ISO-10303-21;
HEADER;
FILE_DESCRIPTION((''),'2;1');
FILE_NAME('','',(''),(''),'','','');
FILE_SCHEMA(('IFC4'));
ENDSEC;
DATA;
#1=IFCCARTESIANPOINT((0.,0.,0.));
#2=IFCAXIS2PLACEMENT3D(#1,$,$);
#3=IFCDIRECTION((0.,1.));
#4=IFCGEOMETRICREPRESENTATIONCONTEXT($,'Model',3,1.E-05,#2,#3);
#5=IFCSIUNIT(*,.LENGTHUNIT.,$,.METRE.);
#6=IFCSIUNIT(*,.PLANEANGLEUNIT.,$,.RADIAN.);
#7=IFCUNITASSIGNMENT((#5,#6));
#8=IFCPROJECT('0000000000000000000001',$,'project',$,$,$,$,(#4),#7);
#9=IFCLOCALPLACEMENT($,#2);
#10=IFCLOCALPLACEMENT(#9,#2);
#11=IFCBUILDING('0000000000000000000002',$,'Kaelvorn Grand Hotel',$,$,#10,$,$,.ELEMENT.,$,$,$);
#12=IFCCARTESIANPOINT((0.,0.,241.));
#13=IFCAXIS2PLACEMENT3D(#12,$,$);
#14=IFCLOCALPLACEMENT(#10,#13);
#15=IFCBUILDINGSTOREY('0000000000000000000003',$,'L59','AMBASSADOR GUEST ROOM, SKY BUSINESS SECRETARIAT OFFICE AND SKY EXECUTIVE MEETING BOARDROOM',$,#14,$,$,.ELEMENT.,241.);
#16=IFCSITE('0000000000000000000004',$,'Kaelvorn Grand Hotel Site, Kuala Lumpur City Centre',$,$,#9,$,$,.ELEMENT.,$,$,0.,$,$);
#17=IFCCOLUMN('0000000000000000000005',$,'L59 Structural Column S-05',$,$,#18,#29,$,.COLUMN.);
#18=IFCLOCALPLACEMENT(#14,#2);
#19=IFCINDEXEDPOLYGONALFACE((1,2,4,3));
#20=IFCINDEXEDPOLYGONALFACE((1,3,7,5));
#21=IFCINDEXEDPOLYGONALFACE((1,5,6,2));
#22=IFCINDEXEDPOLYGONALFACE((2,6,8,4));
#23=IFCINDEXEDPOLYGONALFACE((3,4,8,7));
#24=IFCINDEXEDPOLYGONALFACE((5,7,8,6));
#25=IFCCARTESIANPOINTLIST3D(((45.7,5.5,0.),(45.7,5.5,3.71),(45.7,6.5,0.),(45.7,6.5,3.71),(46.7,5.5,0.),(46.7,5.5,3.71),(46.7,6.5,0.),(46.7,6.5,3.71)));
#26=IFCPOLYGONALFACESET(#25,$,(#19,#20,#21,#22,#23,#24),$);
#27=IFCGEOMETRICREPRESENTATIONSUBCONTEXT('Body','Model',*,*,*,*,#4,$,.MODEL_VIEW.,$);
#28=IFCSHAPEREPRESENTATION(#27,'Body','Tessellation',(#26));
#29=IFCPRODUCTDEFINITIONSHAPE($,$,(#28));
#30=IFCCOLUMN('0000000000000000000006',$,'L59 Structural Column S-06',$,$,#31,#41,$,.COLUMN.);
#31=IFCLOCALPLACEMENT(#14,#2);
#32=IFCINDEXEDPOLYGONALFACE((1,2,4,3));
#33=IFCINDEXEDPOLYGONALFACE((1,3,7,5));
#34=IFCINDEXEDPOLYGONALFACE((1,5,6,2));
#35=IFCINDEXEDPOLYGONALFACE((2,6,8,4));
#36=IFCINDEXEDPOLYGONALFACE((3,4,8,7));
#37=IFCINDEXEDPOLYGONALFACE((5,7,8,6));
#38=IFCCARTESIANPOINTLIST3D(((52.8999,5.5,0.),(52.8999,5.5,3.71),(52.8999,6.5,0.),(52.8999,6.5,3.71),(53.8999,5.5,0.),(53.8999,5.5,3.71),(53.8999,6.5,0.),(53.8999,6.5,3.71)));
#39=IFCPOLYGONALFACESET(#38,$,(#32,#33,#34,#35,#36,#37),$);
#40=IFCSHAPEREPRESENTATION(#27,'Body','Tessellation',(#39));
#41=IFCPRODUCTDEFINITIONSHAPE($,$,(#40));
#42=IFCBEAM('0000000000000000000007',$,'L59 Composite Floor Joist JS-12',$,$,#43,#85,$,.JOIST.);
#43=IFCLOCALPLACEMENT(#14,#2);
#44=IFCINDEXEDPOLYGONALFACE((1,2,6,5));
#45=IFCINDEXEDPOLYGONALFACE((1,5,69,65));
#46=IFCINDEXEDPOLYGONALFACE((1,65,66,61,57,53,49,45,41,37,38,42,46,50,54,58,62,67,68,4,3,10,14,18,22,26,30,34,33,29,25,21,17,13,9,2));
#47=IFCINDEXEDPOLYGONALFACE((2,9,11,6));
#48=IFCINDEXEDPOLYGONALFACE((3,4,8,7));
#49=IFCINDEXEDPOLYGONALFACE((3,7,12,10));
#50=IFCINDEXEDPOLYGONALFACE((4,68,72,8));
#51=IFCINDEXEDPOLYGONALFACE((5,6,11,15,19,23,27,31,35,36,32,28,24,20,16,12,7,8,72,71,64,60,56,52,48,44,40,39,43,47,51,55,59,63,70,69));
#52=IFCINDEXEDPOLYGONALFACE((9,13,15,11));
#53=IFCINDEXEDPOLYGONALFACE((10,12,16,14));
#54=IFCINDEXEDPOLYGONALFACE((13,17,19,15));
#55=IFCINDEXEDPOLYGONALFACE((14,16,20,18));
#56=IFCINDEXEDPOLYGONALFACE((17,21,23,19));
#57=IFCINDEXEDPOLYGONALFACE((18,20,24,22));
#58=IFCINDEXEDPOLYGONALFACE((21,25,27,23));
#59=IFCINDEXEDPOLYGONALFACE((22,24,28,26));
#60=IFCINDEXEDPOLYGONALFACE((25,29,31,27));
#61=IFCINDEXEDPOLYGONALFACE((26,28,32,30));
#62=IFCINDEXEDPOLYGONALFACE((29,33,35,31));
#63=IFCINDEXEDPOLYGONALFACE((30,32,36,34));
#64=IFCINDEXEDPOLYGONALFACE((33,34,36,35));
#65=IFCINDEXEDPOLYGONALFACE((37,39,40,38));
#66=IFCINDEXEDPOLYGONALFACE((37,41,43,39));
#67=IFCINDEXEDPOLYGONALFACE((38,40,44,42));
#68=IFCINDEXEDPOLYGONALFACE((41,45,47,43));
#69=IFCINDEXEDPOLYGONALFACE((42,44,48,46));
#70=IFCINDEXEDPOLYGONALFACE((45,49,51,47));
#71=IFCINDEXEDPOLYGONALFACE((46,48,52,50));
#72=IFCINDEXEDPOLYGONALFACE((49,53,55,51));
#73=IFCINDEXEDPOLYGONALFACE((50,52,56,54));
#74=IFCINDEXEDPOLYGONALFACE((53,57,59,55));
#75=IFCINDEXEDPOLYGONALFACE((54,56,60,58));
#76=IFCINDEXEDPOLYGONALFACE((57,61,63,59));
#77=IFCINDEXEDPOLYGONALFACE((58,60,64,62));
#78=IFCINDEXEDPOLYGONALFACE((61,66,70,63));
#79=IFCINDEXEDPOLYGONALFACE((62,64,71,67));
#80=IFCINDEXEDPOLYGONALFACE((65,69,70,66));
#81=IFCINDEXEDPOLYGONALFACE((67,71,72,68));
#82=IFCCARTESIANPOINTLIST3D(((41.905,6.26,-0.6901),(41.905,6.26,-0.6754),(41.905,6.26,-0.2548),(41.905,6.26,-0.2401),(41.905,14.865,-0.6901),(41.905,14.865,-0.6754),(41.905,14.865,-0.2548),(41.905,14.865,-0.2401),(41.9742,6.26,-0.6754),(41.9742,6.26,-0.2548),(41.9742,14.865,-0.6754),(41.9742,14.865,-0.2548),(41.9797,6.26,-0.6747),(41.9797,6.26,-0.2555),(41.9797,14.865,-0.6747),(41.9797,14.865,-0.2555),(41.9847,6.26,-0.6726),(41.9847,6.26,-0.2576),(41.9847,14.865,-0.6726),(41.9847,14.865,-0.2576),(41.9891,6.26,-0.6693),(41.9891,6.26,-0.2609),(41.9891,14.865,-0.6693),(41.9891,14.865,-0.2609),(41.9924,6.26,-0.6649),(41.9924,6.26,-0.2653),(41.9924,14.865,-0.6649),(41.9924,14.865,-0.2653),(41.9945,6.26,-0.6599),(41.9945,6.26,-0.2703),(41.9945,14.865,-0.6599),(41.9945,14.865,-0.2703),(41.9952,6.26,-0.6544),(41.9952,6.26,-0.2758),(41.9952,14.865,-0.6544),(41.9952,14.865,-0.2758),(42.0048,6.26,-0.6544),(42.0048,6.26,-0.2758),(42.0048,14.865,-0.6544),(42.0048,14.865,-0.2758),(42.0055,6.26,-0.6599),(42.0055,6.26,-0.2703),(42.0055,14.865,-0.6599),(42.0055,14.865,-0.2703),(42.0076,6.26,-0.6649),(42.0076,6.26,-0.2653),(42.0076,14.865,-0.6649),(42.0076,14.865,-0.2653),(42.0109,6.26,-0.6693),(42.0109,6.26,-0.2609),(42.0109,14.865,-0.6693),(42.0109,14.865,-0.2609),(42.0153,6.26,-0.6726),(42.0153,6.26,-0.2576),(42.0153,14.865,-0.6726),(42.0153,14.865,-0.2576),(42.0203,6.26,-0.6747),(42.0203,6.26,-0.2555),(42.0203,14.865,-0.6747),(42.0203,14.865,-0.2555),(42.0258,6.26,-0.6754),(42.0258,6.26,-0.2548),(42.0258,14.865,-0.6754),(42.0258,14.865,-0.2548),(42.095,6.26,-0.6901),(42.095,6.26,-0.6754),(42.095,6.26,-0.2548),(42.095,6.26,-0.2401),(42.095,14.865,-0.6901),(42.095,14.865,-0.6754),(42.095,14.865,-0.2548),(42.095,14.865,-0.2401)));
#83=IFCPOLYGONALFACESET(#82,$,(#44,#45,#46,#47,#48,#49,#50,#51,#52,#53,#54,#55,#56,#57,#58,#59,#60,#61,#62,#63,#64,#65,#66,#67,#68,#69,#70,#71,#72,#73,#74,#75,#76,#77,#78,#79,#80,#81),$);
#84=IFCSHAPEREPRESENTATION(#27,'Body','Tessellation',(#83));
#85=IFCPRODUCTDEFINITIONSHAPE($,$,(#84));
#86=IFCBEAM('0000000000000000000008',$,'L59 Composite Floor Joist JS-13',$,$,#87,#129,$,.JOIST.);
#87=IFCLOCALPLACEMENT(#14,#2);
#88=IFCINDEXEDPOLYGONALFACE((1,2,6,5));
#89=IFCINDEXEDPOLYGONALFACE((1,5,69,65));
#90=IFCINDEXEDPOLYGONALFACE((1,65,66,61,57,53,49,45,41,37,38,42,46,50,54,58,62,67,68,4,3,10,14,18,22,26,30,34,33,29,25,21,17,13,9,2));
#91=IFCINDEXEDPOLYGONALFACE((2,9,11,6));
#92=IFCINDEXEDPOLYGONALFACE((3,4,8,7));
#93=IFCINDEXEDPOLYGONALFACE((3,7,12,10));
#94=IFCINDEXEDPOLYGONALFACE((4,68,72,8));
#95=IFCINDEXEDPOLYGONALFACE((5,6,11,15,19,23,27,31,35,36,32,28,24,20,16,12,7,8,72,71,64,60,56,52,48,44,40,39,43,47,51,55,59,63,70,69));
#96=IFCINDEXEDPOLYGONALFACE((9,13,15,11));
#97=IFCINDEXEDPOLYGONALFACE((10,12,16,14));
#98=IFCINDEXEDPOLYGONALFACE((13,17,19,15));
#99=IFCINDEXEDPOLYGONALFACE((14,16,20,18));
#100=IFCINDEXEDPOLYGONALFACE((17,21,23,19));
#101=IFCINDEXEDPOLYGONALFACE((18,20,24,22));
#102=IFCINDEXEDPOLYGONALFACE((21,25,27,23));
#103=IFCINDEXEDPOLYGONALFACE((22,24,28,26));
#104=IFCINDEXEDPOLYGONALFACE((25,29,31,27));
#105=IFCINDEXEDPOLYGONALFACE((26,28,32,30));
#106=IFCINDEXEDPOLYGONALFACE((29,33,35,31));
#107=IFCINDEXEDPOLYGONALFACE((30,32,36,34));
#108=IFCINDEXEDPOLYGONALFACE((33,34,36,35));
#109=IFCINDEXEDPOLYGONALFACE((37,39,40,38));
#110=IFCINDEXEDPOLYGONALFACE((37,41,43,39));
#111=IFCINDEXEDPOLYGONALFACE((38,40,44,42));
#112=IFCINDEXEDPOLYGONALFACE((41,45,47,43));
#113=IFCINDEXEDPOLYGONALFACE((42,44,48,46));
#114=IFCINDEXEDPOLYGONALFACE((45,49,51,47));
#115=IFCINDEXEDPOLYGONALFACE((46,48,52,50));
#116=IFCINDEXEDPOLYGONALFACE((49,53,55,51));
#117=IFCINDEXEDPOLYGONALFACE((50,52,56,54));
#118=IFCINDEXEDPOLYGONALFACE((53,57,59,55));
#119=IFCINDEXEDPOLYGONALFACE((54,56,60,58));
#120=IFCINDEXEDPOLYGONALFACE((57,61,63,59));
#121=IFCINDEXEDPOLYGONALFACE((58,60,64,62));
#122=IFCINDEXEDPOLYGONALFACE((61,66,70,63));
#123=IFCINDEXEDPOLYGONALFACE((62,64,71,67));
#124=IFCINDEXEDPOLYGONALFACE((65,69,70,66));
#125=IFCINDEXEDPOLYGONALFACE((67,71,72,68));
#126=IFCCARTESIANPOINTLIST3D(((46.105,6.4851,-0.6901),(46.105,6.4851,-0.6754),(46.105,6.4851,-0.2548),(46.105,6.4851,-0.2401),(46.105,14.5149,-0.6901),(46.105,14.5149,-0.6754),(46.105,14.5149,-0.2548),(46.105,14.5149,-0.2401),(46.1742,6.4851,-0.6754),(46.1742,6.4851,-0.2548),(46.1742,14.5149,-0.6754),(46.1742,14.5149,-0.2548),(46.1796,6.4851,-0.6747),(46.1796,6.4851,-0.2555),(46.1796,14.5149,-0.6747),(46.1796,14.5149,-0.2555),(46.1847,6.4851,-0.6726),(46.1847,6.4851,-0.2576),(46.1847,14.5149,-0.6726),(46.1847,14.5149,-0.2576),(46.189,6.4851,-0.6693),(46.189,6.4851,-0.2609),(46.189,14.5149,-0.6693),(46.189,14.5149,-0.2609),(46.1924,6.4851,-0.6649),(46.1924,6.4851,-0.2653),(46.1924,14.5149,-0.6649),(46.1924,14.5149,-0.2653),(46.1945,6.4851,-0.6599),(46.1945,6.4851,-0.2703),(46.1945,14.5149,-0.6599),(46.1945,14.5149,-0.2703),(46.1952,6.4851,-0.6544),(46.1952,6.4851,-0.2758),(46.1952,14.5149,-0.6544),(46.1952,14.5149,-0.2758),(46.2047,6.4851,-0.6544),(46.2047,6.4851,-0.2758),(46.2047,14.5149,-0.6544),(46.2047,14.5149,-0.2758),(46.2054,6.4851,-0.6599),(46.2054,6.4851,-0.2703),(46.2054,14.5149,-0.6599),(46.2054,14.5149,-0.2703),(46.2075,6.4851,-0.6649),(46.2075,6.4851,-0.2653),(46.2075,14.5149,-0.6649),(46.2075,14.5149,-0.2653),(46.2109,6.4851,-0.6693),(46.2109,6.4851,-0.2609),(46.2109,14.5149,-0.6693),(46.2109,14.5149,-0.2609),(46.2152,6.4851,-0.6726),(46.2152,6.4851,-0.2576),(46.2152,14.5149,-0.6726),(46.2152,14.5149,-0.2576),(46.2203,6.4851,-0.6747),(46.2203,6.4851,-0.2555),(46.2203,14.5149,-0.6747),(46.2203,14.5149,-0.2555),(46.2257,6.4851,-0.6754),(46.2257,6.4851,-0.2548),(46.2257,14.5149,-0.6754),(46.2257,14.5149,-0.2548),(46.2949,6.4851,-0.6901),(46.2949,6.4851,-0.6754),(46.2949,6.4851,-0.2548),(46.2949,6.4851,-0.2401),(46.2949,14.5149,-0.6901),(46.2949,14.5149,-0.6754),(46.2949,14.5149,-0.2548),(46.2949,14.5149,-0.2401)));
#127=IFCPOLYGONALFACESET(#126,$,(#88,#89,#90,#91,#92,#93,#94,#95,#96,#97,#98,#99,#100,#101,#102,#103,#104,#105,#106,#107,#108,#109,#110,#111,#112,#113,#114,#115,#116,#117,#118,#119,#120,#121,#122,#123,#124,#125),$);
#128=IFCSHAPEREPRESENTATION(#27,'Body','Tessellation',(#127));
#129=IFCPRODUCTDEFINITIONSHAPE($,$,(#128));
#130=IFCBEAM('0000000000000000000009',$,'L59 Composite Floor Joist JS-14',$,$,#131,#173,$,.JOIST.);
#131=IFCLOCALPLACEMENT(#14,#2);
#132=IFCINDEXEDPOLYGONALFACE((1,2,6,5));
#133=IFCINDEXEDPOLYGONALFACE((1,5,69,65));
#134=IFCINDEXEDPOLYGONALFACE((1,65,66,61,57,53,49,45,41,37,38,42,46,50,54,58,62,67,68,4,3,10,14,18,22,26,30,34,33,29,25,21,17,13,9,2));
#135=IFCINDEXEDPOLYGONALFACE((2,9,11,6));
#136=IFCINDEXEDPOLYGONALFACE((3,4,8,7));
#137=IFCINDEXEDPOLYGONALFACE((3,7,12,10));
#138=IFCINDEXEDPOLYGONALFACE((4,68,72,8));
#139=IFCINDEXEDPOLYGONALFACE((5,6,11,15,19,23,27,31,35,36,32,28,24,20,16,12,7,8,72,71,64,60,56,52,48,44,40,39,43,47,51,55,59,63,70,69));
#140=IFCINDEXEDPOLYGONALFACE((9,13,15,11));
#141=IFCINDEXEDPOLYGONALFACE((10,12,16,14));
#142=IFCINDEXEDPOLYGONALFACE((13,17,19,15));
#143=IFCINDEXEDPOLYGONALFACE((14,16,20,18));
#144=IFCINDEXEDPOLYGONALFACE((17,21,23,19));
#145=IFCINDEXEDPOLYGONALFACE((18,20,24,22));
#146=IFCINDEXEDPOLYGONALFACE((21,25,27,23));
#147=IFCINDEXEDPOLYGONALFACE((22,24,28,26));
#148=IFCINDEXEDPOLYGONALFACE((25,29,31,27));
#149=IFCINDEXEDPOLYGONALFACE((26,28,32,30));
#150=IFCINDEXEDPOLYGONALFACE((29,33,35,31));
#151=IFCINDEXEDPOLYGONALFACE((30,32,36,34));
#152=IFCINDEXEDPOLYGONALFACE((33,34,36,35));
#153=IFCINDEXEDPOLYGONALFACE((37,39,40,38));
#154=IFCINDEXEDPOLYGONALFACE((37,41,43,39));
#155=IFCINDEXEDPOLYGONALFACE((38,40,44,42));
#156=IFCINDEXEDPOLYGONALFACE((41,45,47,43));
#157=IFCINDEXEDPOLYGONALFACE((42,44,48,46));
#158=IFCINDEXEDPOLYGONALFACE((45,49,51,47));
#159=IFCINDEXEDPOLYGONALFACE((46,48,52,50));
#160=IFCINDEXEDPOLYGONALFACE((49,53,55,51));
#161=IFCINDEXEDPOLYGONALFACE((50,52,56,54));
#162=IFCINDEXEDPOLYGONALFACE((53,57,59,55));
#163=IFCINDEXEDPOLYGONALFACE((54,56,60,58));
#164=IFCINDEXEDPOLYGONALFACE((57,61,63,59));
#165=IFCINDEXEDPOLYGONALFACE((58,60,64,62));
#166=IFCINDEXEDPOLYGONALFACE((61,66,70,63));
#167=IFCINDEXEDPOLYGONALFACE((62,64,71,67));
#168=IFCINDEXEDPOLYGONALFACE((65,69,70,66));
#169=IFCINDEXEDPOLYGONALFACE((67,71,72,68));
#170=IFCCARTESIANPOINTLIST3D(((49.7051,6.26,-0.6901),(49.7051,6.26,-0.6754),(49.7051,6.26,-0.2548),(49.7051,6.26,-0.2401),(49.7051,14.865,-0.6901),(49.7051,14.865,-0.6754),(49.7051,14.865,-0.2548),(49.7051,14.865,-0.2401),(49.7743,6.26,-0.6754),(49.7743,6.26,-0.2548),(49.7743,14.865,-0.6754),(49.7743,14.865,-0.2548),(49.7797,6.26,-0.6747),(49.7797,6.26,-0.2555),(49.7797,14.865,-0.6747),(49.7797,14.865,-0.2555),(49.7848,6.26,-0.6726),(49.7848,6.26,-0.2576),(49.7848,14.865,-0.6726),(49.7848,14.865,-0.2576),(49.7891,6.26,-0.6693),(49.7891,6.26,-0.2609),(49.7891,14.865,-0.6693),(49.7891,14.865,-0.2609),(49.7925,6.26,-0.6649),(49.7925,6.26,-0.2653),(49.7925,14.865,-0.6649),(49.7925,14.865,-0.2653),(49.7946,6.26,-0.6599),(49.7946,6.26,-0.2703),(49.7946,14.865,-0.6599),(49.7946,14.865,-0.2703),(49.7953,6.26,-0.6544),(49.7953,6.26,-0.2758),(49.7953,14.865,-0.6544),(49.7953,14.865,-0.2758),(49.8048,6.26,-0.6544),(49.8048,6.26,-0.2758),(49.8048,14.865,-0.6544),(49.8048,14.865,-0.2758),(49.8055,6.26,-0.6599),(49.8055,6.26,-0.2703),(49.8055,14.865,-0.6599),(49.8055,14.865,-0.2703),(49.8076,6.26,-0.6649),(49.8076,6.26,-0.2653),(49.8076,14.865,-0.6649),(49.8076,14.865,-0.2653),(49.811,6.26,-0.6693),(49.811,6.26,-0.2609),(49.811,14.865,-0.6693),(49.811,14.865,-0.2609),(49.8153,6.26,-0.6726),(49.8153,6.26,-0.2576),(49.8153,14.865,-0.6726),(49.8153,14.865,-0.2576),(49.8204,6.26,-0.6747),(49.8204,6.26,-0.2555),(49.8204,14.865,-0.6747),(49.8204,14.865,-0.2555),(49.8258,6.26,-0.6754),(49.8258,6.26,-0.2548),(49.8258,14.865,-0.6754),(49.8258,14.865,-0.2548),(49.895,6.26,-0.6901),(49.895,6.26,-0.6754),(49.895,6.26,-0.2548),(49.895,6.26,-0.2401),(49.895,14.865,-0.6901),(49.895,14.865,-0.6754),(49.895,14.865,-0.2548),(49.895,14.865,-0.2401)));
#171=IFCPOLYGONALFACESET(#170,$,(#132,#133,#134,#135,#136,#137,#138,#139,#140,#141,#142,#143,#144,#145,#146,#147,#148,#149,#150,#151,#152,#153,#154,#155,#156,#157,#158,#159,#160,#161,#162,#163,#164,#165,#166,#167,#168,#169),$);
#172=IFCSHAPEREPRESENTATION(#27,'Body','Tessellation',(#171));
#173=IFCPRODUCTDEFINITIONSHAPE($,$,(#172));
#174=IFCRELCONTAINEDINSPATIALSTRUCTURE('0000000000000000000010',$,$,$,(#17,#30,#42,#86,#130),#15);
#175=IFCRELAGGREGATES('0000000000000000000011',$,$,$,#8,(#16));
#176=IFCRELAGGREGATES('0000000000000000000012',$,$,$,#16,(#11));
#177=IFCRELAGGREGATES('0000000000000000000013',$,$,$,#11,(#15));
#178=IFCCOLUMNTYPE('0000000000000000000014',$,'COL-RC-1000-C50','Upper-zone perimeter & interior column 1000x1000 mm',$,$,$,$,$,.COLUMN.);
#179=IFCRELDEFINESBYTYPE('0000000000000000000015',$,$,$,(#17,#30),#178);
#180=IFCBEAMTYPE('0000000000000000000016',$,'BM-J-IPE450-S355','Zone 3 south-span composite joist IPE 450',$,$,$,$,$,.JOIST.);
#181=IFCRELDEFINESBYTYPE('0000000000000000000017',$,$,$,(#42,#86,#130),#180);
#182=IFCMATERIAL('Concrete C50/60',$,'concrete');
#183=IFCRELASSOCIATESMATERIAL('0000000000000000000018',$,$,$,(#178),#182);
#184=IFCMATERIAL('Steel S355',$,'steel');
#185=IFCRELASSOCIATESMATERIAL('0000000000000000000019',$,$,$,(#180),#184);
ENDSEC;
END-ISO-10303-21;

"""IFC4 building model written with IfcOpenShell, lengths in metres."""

from ifc_helpers import new_model, si_unit, direction, frame, origin, origin_2d, place, context, subcontext, project, spatial, rectangle, i_section, extrude, material, material_profile, profile_set, type_object, element, save


model = new_model("IFC4")

# Units and contexts
model_context = context("Model", 3, precision=1e-05, world=origin(), true_north=direction((0.0, 1.0)))
body_context = subcontext(model_context, "Body", "Model", "MODEL_VIEW")
ifc_project = project(units=[si_unit("LENGTHUNIT", "METRE"), si_unit("PLANEANGLEUNIT", "RADIAN")], contexts=[model_context])

# Site, building, storey
site_placement = place(None, origin())
site = spatial("IfcSite", under=ifc_project, at=site_placement, Name="Kaelvorn Grand Hotel Site, Kuala Lumpur City Centre", CompositionType="ELEMENT", RefElevation=0.0)
building_placement = place(site_placement, origin())
building = spatial("IfcBuilding", under=site, at=building_placement, Name="Kaelvorn Grand Hotel", CompositionType="ELEMENT")
storey_placement = place(building_placement, frame((0.0, 0.0, 241.0)))
storey = spatial("IfcBuildingStorey", under=building, at=storey_placement, Name="L59", Description="AMBASSADOR GUEST ROOM, SKY BUSINESS SECRETARIAT OFFICE AND SKY EXECUTIVE MEETING BOARDROOM", CompositionType="ELEMENT", Elevation=241.0)

# Columns
ifc_material_1 = material(Name="Concrete C50/60", Category="concrete")
ifc_material_profile_1 = material_profile(ifc_material_1, rectangle(XDim=1.0, YDim=1.0, at=origin_2d()), Name="RC COL 1000x1000")
ifc_profile_set_1 = profile_set([ifc_material_profile_1], Name="Concrete C50/60")
column_type = type_object("IfcColumnType", Name="COL-RC-1000-C50", Description="Upper-zone perimeter & interior column 1000x1000 mm", PredefinedType="COLUMN", material=ifc_profile_set_1)
for number, where, z_axis, x_axis, name in (
    (1, (46.2, 6.0, 0.0), (0.0, 0.0, 1.0), (1.0, 0.0, 0.0), "L59 Structural Column S-05"),
    (2, (53.3999, 6.0, 0.0), (0.0, 0.0, 1.0), (1.0, 0.0, 0.0), "L59 Structural Column S-06"),
):
    element("IfcColumn", number, at=place(storey_placement, frame(where, z_axis=z_axis, x_axis=x_axis)), inside=storey, type_object=column_type, Name=name, PredefinedType="COLUMN", context=body_context, shape_type="SweptSolid", body=[
        extrude(rectangle(XDim=1.0, YDim=1.0, at=origin_2d()), origin(), (0.0, 0.0, 1.0), 3.71),
    ])

# Beams
ifc_material_2 = material(Name="Steel S355", Category="steel")
ifc_material_profile_2 = material_profile(ifc_material_2, i_section(OverallWidth=0.1899, OverallDepth=0.45, WebThickness=0.0095, FlangeThickness=0.0146, FilletRadius=0.021, at=origin_2d()), Name="IPE 450")
ifc_profile_set_2 = profile_set([ifc_material_profile_2], Name="Steel S355")
beam_type_1 = type_object("IfcBeamType", Name="BM-J-IPE450-S355", Description="Zone 3 south-span composite joist IPE 450", PredefinedType="JOIST", material=ifc_profile_set_2)
beam_1_placement = place(storey_placement, frame((42.0, 6.26, -0.4651), z_axis=(0.0, 1.0, 0.0), x_axis=(-1.0, 0.0, 0.0)))
element("IfcBeam", 3, at=beam_1_placement, inside=storey, type_object=beam_type_1, Name="L59 Composite Floor Joist JS-12", PredefinedType="JOIST", context=body_context, shape_type="SweptSolid", body=[
    extrude(i_section(OverallWidth=0.1899, OverallDepth=0.45, WebThickness=0.0095, FlangeThickness=0.0146, FilletRadius=0.021, at=origin_2d()), origin(), (0.0, 0.0, 1.0), 8.605),
])
beam_2_placement = place(storey_placement, frame((46.2, 6.4851, -0.4651), z_axis=(0.0, 1.0, 0.0), x_axis=(-1.0, 0.0, 0.0)))
element("IfcBeam", 4, at=beam_2_placement, inside=storey, type_object=beam_type_1, Name="L59 Composite Floor Joist JS-13", PredefinedType="JOIST", context=body_context, shape_type="SweptSolid", body=[
    extrude(i_section(OverallWidth=0.1899, OverallDepth=0.45, WebThickness=0.0095, FlangeThickness=0.0146, FilletRadius=0.021, at=origin_2d()), origin(), (0.0, 0.0, 1.0), 8.0298),
])
beam_3_placement = place(storey_placement, frame((49.8, 6.26, -0.4651), z_axis=(0.0, 1.0, 0.0), x_axis=(-1.0, 0.0, 0.0)))
element("IfcBeam", 5, at=beam_3_placement, inside=storey, type_object=beam_type_1, Name="L59 Composite Floor Joist JS-14", PredefinedType="JOIST", context=body_context, shape_type="SweptSolid", body=[
    extrude(i_section(OverallWidth=0.1899, OverallDepth=0.45, WebThickness=0.0095, FlangeThickness=0.0146, FilletRadius=0.021, at=origin_2d()), origin(), (0.0, 0.0, 1.0), 8.605),
])

save(model, "model.ifc")
